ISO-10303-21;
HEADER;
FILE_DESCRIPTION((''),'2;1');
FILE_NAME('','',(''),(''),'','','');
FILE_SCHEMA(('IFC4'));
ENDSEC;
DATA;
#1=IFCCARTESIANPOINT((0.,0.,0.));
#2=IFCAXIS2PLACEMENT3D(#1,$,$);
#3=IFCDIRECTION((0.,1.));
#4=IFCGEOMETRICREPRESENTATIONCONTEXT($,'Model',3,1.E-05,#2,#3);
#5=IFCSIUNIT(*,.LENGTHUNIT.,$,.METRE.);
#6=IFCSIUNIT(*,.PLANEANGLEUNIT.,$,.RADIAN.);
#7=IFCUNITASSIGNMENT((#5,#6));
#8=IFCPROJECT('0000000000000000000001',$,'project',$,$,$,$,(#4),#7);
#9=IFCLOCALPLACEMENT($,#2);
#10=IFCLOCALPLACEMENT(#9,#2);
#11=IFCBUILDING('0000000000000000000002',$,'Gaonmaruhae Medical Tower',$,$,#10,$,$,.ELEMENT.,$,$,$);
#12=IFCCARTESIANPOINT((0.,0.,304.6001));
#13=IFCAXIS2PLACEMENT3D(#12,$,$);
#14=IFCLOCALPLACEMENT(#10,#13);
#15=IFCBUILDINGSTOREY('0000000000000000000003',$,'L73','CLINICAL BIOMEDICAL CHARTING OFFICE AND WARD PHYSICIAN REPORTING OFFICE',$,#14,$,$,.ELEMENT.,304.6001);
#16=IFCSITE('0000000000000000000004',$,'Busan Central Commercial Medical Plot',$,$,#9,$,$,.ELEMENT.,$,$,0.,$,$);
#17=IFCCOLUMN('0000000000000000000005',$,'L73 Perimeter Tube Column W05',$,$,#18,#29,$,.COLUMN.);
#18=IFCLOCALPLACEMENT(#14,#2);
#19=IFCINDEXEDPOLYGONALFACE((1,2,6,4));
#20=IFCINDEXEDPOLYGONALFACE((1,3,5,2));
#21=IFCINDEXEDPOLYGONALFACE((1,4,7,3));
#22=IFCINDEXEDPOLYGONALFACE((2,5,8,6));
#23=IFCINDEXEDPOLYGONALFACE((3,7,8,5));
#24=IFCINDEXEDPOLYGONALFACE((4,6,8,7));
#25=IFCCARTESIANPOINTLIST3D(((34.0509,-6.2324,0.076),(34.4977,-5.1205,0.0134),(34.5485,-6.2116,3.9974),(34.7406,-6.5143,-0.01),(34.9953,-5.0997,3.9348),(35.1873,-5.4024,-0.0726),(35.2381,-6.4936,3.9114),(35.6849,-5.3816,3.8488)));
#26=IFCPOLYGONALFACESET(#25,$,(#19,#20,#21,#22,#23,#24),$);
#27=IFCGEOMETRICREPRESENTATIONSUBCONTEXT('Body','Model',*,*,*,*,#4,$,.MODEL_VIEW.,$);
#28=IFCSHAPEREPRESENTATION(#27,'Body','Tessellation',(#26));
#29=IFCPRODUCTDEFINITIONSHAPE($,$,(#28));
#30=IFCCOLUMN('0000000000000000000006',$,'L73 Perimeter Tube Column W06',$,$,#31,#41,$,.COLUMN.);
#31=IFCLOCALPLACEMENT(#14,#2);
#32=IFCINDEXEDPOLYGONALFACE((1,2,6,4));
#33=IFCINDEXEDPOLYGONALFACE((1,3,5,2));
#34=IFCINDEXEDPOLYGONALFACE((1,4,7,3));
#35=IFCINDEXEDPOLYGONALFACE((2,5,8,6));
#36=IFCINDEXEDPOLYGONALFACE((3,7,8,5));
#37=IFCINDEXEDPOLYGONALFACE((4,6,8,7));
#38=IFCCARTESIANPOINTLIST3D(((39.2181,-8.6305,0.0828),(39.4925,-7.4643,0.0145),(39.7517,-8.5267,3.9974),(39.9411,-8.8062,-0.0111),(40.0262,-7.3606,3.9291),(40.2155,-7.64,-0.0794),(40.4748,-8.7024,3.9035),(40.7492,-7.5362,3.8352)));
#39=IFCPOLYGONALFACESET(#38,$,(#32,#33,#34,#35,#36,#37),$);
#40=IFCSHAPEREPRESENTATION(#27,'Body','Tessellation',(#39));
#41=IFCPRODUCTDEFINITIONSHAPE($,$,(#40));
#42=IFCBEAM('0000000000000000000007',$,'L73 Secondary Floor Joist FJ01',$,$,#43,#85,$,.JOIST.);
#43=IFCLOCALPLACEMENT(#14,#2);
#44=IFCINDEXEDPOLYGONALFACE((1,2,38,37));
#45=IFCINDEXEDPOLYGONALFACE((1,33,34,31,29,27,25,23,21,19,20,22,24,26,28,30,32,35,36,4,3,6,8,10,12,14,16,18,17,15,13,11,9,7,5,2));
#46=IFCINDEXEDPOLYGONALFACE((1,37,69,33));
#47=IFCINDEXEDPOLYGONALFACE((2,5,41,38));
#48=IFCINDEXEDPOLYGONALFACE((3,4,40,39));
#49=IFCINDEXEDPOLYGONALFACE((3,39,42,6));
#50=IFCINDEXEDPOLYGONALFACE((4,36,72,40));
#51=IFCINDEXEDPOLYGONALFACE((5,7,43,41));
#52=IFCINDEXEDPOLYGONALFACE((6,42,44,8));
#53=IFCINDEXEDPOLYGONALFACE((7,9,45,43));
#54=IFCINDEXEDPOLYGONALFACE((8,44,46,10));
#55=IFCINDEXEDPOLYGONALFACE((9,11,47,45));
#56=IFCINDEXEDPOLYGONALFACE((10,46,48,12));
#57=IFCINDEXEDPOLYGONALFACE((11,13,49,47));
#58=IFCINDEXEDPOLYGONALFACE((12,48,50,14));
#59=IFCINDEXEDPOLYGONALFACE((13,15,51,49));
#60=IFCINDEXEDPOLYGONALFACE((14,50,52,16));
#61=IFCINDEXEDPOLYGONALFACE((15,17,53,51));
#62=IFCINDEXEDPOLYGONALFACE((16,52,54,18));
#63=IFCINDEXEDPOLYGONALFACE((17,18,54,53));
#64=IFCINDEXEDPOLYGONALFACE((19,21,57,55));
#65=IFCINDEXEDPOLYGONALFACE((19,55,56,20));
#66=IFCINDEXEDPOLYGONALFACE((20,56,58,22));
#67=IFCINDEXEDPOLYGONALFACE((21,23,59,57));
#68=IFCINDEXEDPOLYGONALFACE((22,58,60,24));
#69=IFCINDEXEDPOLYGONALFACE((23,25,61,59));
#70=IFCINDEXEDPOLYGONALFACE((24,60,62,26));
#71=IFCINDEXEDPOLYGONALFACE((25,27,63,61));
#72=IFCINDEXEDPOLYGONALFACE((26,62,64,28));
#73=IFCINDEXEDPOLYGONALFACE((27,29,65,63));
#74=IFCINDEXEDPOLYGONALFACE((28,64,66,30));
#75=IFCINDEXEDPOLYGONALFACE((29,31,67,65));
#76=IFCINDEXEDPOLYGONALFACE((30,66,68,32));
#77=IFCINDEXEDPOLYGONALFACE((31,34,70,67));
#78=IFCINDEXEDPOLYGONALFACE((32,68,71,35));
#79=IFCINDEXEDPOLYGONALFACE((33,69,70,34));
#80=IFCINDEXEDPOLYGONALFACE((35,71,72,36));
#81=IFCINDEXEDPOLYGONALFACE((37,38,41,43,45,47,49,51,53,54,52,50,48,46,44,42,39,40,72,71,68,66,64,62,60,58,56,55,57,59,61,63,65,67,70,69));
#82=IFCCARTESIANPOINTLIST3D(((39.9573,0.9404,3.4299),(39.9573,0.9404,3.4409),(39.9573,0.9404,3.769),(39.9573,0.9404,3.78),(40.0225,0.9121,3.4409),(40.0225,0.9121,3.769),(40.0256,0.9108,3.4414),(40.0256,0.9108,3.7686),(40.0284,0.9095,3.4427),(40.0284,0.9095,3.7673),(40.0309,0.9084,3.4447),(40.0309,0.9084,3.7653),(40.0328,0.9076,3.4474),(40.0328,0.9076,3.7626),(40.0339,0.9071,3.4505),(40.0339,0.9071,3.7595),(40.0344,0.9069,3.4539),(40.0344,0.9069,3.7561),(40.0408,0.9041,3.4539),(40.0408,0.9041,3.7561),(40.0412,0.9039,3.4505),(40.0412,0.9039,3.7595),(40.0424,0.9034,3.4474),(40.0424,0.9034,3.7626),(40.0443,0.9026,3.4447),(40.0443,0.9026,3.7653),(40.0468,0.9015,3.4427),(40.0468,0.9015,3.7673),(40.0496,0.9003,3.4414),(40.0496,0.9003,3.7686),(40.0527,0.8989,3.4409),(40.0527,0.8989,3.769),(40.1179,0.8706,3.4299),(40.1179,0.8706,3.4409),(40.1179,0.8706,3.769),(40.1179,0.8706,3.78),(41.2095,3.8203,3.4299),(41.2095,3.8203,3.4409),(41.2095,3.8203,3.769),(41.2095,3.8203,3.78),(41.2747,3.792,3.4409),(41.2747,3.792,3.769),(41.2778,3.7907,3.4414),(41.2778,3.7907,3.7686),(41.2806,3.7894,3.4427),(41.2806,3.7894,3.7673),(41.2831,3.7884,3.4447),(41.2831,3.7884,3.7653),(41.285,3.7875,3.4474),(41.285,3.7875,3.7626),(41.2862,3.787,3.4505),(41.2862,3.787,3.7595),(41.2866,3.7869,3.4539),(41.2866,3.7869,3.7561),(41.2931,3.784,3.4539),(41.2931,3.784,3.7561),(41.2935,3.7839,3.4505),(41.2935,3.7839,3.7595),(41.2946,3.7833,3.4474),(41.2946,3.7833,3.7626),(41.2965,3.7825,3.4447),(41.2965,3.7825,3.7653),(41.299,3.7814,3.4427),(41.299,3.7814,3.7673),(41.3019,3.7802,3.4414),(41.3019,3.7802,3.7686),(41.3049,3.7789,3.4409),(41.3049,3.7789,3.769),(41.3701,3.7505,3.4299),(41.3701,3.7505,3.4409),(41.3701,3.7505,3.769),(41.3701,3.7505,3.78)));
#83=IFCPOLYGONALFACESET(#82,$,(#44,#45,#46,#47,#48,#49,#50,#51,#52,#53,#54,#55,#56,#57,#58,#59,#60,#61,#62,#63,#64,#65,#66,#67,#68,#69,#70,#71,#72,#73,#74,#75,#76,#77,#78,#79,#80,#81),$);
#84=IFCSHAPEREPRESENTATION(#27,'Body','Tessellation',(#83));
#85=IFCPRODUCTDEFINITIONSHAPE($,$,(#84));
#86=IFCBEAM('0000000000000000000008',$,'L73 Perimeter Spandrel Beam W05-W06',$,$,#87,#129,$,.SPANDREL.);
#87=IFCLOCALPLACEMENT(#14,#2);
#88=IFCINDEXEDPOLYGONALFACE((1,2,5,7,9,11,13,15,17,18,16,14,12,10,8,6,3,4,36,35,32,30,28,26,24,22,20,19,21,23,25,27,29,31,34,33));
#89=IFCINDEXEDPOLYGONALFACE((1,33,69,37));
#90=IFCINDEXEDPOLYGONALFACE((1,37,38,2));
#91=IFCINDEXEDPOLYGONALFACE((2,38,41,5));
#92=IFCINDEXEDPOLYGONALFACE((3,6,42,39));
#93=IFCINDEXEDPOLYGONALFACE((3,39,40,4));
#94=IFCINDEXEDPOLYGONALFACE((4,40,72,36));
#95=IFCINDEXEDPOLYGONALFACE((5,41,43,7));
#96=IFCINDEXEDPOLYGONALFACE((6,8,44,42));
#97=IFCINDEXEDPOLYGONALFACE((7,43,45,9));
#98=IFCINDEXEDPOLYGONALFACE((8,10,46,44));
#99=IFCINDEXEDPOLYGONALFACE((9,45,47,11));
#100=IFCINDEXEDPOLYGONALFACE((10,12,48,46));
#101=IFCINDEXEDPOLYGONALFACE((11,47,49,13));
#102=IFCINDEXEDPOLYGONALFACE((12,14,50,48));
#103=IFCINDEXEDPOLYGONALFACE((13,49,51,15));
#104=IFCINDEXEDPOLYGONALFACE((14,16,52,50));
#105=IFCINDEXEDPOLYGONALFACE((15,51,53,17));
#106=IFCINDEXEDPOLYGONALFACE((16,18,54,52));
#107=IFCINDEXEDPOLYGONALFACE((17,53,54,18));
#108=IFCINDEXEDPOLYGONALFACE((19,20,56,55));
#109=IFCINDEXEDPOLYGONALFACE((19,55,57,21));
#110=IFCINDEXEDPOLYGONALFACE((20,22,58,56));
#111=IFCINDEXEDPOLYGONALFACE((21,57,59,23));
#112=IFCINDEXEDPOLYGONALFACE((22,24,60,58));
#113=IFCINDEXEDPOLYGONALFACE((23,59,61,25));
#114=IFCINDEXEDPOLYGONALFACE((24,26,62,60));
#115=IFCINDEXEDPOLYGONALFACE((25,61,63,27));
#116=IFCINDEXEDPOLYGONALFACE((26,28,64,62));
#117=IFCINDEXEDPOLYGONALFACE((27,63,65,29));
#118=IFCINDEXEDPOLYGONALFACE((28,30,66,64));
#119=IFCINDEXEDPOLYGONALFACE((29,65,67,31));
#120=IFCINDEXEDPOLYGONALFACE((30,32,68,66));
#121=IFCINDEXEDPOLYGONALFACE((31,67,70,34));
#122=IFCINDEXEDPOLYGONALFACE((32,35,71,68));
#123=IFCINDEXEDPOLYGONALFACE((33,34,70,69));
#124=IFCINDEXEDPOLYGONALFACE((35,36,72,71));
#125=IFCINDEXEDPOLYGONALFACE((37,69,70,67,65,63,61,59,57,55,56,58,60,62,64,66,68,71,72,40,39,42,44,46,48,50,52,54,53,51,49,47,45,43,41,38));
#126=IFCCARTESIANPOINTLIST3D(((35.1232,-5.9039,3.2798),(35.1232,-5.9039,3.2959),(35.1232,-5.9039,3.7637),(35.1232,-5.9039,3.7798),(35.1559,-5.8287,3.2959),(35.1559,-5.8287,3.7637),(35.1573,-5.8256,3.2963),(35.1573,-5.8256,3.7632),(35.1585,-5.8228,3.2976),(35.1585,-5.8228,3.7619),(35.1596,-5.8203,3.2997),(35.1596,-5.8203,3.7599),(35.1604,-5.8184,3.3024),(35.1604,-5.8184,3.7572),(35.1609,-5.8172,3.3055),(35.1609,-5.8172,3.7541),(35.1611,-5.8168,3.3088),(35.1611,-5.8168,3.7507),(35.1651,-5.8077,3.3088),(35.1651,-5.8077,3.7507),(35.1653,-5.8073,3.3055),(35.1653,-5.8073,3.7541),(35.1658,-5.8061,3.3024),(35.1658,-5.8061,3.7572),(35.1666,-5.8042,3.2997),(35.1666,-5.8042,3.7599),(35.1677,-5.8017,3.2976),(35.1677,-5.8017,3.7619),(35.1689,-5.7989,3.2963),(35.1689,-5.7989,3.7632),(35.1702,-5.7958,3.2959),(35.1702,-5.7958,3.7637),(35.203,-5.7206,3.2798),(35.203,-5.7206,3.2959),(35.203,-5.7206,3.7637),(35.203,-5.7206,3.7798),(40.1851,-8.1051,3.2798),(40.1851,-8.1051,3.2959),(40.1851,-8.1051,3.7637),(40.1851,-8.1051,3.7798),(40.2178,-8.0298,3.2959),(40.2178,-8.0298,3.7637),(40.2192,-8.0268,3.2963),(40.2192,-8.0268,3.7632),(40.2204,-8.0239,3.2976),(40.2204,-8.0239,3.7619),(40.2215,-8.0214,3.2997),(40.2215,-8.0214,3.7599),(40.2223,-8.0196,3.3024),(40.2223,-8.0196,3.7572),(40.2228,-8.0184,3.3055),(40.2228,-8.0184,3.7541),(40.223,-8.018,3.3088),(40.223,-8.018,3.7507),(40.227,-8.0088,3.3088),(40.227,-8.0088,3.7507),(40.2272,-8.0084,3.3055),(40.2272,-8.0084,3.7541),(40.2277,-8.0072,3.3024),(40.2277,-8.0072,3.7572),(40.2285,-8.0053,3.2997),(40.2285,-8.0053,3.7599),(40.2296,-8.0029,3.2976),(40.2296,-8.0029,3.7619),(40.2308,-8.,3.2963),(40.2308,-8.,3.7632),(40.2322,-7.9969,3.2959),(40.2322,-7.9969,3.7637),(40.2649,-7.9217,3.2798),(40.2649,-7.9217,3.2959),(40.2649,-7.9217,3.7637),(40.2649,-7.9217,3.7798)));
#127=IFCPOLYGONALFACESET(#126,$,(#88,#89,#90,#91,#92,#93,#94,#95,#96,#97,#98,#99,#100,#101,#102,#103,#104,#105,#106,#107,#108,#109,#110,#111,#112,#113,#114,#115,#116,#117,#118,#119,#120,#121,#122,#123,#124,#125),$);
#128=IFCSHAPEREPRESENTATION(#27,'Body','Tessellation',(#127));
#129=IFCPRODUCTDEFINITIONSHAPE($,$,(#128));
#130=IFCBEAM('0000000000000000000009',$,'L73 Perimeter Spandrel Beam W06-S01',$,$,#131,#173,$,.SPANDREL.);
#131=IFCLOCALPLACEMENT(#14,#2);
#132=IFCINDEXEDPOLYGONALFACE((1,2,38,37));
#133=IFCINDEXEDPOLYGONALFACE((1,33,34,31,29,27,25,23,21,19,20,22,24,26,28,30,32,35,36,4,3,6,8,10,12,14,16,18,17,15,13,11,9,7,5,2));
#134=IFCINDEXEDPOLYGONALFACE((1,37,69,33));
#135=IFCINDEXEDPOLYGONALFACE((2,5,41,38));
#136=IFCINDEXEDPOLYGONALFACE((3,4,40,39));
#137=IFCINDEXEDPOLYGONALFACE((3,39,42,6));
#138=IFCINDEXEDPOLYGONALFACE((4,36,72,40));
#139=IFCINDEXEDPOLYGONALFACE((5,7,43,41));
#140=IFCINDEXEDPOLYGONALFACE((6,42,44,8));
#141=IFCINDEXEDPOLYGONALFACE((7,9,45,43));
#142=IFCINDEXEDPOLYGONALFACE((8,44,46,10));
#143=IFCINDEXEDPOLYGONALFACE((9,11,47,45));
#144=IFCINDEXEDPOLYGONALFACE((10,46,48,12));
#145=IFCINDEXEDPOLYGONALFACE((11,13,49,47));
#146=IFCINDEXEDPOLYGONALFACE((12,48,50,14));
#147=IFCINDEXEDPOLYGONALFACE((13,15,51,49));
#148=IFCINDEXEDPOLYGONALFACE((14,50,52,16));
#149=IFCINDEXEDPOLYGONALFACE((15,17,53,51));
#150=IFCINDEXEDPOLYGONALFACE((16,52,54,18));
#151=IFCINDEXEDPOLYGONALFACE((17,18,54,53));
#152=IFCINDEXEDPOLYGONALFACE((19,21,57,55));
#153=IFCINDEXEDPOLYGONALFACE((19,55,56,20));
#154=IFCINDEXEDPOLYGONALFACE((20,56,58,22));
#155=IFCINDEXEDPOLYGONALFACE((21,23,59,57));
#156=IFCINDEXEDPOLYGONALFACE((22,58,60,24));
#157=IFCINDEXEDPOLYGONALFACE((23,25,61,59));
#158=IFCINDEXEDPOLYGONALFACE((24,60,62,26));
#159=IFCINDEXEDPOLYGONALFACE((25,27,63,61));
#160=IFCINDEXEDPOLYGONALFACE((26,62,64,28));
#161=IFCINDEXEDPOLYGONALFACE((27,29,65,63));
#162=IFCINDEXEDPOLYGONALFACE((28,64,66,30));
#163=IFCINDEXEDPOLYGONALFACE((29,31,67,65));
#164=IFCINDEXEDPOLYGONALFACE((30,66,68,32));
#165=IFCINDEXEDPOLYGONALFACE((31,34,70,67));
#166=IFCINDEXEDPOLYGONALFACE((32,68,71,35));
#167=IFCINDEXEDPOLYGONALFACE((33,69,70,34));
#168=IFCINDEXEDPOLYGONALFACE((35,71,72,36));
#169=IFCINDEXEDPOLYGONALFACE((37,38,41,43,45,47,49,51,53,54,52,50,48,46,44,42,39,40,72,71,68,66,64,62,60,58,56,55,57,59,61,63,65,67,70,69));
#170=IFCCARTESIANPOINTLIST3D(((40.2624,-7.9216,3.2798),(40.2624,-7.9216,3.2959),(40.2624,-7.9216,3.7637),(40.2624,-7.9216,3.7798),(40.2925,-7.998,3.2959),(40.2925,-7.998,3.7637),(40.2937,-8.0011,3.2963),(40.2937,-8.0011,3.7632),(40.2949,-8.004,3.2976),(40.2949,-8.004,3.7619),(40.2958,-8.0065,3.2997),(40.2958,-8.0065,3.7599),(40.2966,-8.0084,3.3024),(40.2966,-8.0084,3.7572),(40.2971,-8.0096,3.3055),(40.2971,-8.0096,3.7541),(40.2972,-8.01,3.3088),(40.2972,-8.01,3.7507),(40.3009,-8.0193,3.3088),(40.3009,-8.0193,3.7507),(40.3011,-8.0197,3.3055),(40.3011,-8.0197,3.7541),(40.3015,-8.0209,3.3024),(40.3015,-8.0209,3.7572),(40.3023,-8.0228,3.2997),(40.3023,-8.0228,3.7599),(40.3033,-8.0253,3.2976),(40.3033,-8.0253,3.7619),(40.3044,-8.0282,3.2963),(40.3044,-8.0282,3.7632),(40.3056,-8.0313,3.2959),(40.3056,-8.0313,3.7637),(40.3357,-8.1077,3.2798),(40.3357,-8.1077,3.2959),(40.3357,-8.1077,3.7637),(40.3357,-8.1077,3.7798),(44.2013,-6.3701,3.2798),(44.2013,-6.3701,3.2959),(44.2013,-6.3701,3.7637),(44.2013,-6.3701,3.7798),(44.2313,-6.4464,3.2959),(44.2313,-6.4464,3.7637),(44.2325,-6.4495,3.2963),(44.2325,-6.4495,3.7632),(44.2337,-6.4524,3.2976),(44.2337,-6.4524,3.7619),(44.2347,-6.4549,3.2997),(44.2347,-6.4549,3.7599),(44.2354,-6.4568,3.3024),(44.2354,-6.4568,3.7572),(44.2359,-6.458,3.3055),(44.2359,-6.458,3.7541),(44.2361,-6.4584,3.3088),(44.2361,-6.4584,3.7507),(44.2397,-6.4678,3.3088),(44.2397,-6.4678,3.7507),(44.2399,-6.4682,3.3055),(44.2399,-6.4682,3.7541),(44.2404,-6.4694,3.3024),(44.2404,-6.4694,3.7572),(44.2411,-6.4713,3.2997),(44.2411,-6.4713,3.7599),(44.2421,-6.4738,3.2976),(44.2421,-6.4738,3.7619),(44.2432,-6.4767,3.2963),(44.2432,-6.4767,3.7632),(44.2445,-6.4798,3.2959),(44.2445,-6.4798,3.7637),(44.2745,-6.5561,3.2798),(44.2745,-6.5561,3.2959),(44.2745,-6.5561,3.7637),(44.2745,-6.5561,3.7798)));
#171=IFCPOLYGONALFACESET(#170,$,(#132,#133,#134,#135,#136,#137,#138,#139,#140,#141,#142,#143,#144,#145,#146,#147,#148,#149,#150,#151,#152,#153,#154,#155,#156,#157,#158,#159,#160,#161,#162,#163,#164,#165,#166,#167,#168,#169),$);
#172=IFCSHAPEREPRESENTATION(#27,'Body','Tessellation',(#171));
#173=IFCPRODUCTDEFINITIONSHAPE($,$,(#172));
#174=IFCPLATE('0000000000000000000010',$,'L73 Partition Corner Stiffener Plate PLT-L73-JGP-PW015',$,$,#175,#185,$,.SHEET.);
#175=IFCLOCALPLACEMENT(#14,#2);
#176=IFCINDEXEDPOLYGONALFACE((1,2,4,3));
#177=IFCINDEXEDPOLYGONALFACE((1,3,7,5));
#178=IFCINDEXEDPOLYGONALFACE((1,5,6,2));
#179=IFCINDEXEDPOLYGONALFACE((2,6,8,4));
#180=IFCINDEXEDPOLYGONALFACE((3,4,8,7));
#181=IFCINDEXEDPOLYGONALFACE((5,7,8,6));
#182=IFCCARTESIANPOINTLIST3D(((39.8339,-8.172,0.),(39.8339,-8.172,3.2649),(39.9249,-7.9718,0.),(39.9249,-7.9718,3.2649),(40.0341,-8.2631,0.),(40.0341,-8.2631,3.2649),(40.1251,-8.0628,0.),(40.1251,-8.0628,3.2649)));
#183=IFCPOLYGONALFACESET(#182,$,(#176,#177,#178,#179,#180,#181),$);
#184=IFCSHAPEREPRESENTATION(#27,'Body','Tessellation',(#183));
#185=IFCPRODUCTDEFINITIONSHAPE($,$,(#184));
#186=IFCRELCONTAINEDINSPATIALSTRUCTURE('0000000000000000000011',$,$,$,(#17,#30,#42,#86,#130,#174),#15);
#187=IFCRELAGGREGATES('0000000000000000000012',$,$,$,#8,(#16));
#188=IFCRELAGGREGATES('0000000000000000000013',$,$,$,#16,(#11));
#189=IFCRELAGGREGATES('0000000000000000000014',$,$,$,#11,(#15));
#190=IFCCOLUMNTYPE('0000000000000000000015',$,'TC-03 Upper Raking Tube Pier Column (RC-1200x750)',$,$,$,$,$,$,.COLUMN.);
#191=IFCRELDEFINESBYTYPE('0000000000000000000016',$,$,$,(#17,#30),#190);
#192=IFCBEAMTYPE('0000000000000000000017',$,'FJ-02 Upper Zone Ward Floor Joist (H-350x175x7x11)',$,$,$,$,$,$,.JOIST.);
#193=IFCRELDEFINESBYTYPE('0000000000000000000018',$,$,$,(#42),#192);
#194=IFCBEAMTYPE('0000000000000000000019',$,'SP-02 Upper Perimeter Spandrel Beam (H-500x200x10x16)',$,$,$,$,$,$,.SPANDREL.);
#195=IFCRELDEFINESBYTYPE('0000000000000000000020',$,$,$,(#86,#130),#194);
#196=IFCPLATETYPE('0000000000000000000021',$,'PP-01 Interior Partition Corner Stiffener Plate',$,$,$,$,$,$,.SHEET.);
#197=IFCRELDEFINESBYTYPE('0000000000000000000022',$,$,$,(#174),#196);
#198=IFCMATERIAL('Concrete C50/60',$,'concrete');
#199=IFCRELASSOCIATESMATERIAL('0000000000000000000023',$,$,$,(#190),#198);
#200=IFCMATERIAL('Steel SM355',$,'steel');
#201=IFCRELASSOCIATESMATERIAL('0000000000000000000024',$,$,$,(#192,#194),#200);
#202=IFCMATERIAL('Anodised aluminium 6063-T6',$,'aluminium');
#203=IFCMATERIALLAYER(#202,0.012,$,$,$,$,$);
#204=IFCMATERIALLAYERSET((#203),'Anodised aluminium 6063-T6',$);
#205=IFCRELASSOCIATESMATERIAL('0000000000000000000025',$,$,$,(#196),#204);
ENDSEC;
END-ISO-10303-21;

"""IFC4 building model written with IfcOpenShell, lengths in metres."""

from ifc_helpers import new_model, si_unit, direction, frame, origin, origin_2d, place, context, subcontext, project, spatial, rectangle, i_section, extrude, material, layer, layer_set, material_profile, profile_set, type_object, element, save


model = new_model("IFC4")

# Units and contexts
model_context = context("Model", 3, precision=1e-05, world=origin(), true_north=direction((0.0, 1.0)))
body_context = subcontext(model_context, "Body", "Model", "MODEL_VIEW")
ifc_project = project(units=[si_unit("LENGTHUNIT", "METRE"), si_unit("PLANEANGLEUNIT", "RADIAN")], contexts=[model_context])

# Site, building, storey
site_placement = place(None, origin())
site = spatial("IfcSite", under=ifc_project, at=site_placement, Name="Busan Central Commercial Medical Plot", CompositionType="ELEMENT", RefElevation=0.0)
building_placement = place(site_placement, origin())
building = spatial("IfcBuilding", under=site, at=building_placement, Name="Gaonmaruhae Medical Tower", CompositionType="ELEMENT")
storey_placement = place(building_placement, frame((0.0, 0.0, 304.6001)))
storey = spatial("IfcBuildingStorey", under=building, at=storey_placement, Name="L73", Description="CLINICAL BIOMEDICAL CHARTING OFFICE AND WARD PHYSICIAN REPORTING OFFICE", CompositionType="ELEMENT", Elevation=304.6001)

# Columns
ifc_material_1 = material(Name="Concrete C50/60", Category="concrete")
ifc_material_profile_1 = material_profile(ifc_material_1, rectangle(XDim=1.2, YDim=0.75, at=origin_2d()), Name="RC-1200x750")
ifc_profile_set_1 = profile_set([ifc_material_profile_1], Name="Concrete C50/60")
column_type = type_object("IfcColumnType", Name="TC-03 Upper Raking Tube Pier Column (RC-1200x750)", PredefinedType="COLUMN", material=ifc_profile_set_1)
column_1_placement = place(storey_placement, frame((34.6191, -5.8174, 0.0017), z_axis=(0.125872, 0.00525, 0.992033), x_axis=(-0.37231, -0.926642, 0.052144)))
element("IfcColumn", 1, at=column_1_placement, inside=storey, type_object=column_type, Name="L73 Perimeter Tube Column W05", PredefinedType="COLUMN", context=body_context, shape_type="SweptSolid", body=[
    extrude(rectangle(XDim=1.2, YDim=0.75, at=origin_2d()), origin(), (0.0, 0.0, 1.0), 3.9529),
])
column_2_placement = place(storey_placement, frame((39.7168, -8.1353, 0.0017), z_axis=(0.135039, 0.026254, 0.990492), x_axis=(-0.228698, -0.971831, 0.056939)))
element("IfcColumn", 2, at=column_2_placement, inside=storey, type_object=column_type, Name="L73 Perimeter Tube Column W06", PredefinedType="COLUMN", context=body_context, shape_type="SweptSolid", body=[
    extrude(rectangle(XDim=1.2, YDim=0.75, at=origin_2d()), origin(), (0.0, 0.0, 1.0), 3.9521),
])

# Beams
ifc_material_2 = material(Name="Steel SM355", Category="steel")
ifc_material_profile_2 = material_profile(ifc_material_2, i_section(OverallWidth=0.175, OverallDepth=0.3501, WebThickness=0.0071, FlangeThickness=0.011, FilletRadius=0.0129, at=origin_2d()), Name="H-350x175x7x11")
ifc_profile_set_2 = profile_set([ifc_material_profile_2], Name="Steel SM355")
beam_type_1 = type_object("IfcBeamType", Name="FJ-02 Upper Zone Ward Floor Joist (H-350x175x7x11)", PredefinedType="JOIST", material=ifc_profile_set_2)
beam_1_placement = place(storey_placement, frame((40.0376, 0.9055, 3.605), z_axis=(0.398746, 0.917061, 0.0), x_axis=(-0.917061, 0.398746, 0.0)))
element("IfcBeam", 3, at=beam_1_placement, inside=storey, type_object=beam_type_1, Name="L73 Secondary Floor Joist FJ01", PredefinedType="JOIST", context=body_context, shape_type="SweptSolid", body=[
    extrude(i_section(OverallWidth=0.175, OverallDepth=0.3501, WebThickness=0.0071, FlangeThickness=0.011, FilletRadius=0.0129, at=origin_2d()), origin(), (0.0, 0.0, 1.0), 3.1404),
])
ifc_material_profile_3 = material_profile(ifc_material_2, i_section(OverallWidth=0.2, OverallDepth=0.5, WebThickness=0.01, FlangeThickness=0.0161, FilletRadius=0.0129, at=origin_2d()), Name="H-500x200x10x16")
ifc_profile_set_3 = profile_set([ifc_material_profile_3], Name="Steel SM355")
beam_type_2 = type_object("IfcBeamType", Name="SP-02 Upper Perimeter Spandrel Beam (H-500x200x10x16)", PredefinedType="SPANDREL", material=ifc_profile_set_3)
beam_2_placement = place(storey_placement, frame((35.1631, -5.8123, 3.5298), z_axis=(0.91705, -0.398771, 0.0), x_axis=(0.398771, 0.91705, 0.0)))
element("IfcBeam", 4, at=beam_2_placement, inside=storey, type_object=beam_type_2, Name="L73 Perimeter Spandrel Beam W05-W06", PredefinedType="SPANDREL", context=body_context, shape_type="SweptSolid", body=[
    extrude(i_section(OverallWidth=0.2, OverallDepth=0.5, WebThickness=0.01, FlangeThickness=0.0161, FilletRadius=0.0129, at=origin_2d()), origin(), (0.0, 0.0, 1.0), 5.5198),
])
beam_3_placement = place(storey_placement, frame((40.2991, -8.0146, 3.5298), z_axis=(0.930417, 0.366503, 0.0), x_axis=(-0.366503, 0.930417, 0.0)))
element("IfcBeam", 5, at=beam_3_placement, inside=storey, type_object=beam_type_2, Name="L73 Perimeter Spandrel Beam W06-S01", PredefinedType="SPANDREL", context=body_context, shape_type="SweptSolid", body=[
    extrude(i_section(OverallWidth=0.2, OverallDepth=0.5, WebThickness=0.01, FlangeThickness=0.0161, FilletRadius=0.0129, at=origin_2d()), origin(), (0.0, 0.0, 1.0), 4.2334),
])

# Plate
ifc_material_3 = material(Name="Anodised aluminium 6063-T6", Category="aluminium")
ifc_layer_1 = layer(ifc_material_3, 0.012)
ifc_layer_set_1 = layer_set([ifc_layer_1], Name="Anodised aluminium 6063-T6")
plate_type = type_object("IfcPlateType", Name="PP-01 Interior Partition Corner Stiffener Plate", PredefinedType="SHEET", material=ifc_layer_set_1)
for number, where, z_axis, x_axis, name in (
    (6, (39.9795, -8.1174, 0.0), (0.0, 0.0, 1.0), (-0.910366, 0.413804, 0.0), "L73 Partition Corner Stiffener Plate PLT-L73-JGP-PW015"),
):
    element("IfcPlate", number, at=place(storey_placement, frame(where, z_axis=z_axis, x_axis=x_axis)), inside=storey, type_object=plate_type, Name=name, PredefinedType="SHEET", context=body_context, shape_type="SweptSolid", body=[
        extrude(rectangle(XDim=0.22, YDim=0.22, at=origin_2d()), origin(), (0.0, 0.0, 1.0), 3.2649),
    ])

save(model, "model.ifc")
